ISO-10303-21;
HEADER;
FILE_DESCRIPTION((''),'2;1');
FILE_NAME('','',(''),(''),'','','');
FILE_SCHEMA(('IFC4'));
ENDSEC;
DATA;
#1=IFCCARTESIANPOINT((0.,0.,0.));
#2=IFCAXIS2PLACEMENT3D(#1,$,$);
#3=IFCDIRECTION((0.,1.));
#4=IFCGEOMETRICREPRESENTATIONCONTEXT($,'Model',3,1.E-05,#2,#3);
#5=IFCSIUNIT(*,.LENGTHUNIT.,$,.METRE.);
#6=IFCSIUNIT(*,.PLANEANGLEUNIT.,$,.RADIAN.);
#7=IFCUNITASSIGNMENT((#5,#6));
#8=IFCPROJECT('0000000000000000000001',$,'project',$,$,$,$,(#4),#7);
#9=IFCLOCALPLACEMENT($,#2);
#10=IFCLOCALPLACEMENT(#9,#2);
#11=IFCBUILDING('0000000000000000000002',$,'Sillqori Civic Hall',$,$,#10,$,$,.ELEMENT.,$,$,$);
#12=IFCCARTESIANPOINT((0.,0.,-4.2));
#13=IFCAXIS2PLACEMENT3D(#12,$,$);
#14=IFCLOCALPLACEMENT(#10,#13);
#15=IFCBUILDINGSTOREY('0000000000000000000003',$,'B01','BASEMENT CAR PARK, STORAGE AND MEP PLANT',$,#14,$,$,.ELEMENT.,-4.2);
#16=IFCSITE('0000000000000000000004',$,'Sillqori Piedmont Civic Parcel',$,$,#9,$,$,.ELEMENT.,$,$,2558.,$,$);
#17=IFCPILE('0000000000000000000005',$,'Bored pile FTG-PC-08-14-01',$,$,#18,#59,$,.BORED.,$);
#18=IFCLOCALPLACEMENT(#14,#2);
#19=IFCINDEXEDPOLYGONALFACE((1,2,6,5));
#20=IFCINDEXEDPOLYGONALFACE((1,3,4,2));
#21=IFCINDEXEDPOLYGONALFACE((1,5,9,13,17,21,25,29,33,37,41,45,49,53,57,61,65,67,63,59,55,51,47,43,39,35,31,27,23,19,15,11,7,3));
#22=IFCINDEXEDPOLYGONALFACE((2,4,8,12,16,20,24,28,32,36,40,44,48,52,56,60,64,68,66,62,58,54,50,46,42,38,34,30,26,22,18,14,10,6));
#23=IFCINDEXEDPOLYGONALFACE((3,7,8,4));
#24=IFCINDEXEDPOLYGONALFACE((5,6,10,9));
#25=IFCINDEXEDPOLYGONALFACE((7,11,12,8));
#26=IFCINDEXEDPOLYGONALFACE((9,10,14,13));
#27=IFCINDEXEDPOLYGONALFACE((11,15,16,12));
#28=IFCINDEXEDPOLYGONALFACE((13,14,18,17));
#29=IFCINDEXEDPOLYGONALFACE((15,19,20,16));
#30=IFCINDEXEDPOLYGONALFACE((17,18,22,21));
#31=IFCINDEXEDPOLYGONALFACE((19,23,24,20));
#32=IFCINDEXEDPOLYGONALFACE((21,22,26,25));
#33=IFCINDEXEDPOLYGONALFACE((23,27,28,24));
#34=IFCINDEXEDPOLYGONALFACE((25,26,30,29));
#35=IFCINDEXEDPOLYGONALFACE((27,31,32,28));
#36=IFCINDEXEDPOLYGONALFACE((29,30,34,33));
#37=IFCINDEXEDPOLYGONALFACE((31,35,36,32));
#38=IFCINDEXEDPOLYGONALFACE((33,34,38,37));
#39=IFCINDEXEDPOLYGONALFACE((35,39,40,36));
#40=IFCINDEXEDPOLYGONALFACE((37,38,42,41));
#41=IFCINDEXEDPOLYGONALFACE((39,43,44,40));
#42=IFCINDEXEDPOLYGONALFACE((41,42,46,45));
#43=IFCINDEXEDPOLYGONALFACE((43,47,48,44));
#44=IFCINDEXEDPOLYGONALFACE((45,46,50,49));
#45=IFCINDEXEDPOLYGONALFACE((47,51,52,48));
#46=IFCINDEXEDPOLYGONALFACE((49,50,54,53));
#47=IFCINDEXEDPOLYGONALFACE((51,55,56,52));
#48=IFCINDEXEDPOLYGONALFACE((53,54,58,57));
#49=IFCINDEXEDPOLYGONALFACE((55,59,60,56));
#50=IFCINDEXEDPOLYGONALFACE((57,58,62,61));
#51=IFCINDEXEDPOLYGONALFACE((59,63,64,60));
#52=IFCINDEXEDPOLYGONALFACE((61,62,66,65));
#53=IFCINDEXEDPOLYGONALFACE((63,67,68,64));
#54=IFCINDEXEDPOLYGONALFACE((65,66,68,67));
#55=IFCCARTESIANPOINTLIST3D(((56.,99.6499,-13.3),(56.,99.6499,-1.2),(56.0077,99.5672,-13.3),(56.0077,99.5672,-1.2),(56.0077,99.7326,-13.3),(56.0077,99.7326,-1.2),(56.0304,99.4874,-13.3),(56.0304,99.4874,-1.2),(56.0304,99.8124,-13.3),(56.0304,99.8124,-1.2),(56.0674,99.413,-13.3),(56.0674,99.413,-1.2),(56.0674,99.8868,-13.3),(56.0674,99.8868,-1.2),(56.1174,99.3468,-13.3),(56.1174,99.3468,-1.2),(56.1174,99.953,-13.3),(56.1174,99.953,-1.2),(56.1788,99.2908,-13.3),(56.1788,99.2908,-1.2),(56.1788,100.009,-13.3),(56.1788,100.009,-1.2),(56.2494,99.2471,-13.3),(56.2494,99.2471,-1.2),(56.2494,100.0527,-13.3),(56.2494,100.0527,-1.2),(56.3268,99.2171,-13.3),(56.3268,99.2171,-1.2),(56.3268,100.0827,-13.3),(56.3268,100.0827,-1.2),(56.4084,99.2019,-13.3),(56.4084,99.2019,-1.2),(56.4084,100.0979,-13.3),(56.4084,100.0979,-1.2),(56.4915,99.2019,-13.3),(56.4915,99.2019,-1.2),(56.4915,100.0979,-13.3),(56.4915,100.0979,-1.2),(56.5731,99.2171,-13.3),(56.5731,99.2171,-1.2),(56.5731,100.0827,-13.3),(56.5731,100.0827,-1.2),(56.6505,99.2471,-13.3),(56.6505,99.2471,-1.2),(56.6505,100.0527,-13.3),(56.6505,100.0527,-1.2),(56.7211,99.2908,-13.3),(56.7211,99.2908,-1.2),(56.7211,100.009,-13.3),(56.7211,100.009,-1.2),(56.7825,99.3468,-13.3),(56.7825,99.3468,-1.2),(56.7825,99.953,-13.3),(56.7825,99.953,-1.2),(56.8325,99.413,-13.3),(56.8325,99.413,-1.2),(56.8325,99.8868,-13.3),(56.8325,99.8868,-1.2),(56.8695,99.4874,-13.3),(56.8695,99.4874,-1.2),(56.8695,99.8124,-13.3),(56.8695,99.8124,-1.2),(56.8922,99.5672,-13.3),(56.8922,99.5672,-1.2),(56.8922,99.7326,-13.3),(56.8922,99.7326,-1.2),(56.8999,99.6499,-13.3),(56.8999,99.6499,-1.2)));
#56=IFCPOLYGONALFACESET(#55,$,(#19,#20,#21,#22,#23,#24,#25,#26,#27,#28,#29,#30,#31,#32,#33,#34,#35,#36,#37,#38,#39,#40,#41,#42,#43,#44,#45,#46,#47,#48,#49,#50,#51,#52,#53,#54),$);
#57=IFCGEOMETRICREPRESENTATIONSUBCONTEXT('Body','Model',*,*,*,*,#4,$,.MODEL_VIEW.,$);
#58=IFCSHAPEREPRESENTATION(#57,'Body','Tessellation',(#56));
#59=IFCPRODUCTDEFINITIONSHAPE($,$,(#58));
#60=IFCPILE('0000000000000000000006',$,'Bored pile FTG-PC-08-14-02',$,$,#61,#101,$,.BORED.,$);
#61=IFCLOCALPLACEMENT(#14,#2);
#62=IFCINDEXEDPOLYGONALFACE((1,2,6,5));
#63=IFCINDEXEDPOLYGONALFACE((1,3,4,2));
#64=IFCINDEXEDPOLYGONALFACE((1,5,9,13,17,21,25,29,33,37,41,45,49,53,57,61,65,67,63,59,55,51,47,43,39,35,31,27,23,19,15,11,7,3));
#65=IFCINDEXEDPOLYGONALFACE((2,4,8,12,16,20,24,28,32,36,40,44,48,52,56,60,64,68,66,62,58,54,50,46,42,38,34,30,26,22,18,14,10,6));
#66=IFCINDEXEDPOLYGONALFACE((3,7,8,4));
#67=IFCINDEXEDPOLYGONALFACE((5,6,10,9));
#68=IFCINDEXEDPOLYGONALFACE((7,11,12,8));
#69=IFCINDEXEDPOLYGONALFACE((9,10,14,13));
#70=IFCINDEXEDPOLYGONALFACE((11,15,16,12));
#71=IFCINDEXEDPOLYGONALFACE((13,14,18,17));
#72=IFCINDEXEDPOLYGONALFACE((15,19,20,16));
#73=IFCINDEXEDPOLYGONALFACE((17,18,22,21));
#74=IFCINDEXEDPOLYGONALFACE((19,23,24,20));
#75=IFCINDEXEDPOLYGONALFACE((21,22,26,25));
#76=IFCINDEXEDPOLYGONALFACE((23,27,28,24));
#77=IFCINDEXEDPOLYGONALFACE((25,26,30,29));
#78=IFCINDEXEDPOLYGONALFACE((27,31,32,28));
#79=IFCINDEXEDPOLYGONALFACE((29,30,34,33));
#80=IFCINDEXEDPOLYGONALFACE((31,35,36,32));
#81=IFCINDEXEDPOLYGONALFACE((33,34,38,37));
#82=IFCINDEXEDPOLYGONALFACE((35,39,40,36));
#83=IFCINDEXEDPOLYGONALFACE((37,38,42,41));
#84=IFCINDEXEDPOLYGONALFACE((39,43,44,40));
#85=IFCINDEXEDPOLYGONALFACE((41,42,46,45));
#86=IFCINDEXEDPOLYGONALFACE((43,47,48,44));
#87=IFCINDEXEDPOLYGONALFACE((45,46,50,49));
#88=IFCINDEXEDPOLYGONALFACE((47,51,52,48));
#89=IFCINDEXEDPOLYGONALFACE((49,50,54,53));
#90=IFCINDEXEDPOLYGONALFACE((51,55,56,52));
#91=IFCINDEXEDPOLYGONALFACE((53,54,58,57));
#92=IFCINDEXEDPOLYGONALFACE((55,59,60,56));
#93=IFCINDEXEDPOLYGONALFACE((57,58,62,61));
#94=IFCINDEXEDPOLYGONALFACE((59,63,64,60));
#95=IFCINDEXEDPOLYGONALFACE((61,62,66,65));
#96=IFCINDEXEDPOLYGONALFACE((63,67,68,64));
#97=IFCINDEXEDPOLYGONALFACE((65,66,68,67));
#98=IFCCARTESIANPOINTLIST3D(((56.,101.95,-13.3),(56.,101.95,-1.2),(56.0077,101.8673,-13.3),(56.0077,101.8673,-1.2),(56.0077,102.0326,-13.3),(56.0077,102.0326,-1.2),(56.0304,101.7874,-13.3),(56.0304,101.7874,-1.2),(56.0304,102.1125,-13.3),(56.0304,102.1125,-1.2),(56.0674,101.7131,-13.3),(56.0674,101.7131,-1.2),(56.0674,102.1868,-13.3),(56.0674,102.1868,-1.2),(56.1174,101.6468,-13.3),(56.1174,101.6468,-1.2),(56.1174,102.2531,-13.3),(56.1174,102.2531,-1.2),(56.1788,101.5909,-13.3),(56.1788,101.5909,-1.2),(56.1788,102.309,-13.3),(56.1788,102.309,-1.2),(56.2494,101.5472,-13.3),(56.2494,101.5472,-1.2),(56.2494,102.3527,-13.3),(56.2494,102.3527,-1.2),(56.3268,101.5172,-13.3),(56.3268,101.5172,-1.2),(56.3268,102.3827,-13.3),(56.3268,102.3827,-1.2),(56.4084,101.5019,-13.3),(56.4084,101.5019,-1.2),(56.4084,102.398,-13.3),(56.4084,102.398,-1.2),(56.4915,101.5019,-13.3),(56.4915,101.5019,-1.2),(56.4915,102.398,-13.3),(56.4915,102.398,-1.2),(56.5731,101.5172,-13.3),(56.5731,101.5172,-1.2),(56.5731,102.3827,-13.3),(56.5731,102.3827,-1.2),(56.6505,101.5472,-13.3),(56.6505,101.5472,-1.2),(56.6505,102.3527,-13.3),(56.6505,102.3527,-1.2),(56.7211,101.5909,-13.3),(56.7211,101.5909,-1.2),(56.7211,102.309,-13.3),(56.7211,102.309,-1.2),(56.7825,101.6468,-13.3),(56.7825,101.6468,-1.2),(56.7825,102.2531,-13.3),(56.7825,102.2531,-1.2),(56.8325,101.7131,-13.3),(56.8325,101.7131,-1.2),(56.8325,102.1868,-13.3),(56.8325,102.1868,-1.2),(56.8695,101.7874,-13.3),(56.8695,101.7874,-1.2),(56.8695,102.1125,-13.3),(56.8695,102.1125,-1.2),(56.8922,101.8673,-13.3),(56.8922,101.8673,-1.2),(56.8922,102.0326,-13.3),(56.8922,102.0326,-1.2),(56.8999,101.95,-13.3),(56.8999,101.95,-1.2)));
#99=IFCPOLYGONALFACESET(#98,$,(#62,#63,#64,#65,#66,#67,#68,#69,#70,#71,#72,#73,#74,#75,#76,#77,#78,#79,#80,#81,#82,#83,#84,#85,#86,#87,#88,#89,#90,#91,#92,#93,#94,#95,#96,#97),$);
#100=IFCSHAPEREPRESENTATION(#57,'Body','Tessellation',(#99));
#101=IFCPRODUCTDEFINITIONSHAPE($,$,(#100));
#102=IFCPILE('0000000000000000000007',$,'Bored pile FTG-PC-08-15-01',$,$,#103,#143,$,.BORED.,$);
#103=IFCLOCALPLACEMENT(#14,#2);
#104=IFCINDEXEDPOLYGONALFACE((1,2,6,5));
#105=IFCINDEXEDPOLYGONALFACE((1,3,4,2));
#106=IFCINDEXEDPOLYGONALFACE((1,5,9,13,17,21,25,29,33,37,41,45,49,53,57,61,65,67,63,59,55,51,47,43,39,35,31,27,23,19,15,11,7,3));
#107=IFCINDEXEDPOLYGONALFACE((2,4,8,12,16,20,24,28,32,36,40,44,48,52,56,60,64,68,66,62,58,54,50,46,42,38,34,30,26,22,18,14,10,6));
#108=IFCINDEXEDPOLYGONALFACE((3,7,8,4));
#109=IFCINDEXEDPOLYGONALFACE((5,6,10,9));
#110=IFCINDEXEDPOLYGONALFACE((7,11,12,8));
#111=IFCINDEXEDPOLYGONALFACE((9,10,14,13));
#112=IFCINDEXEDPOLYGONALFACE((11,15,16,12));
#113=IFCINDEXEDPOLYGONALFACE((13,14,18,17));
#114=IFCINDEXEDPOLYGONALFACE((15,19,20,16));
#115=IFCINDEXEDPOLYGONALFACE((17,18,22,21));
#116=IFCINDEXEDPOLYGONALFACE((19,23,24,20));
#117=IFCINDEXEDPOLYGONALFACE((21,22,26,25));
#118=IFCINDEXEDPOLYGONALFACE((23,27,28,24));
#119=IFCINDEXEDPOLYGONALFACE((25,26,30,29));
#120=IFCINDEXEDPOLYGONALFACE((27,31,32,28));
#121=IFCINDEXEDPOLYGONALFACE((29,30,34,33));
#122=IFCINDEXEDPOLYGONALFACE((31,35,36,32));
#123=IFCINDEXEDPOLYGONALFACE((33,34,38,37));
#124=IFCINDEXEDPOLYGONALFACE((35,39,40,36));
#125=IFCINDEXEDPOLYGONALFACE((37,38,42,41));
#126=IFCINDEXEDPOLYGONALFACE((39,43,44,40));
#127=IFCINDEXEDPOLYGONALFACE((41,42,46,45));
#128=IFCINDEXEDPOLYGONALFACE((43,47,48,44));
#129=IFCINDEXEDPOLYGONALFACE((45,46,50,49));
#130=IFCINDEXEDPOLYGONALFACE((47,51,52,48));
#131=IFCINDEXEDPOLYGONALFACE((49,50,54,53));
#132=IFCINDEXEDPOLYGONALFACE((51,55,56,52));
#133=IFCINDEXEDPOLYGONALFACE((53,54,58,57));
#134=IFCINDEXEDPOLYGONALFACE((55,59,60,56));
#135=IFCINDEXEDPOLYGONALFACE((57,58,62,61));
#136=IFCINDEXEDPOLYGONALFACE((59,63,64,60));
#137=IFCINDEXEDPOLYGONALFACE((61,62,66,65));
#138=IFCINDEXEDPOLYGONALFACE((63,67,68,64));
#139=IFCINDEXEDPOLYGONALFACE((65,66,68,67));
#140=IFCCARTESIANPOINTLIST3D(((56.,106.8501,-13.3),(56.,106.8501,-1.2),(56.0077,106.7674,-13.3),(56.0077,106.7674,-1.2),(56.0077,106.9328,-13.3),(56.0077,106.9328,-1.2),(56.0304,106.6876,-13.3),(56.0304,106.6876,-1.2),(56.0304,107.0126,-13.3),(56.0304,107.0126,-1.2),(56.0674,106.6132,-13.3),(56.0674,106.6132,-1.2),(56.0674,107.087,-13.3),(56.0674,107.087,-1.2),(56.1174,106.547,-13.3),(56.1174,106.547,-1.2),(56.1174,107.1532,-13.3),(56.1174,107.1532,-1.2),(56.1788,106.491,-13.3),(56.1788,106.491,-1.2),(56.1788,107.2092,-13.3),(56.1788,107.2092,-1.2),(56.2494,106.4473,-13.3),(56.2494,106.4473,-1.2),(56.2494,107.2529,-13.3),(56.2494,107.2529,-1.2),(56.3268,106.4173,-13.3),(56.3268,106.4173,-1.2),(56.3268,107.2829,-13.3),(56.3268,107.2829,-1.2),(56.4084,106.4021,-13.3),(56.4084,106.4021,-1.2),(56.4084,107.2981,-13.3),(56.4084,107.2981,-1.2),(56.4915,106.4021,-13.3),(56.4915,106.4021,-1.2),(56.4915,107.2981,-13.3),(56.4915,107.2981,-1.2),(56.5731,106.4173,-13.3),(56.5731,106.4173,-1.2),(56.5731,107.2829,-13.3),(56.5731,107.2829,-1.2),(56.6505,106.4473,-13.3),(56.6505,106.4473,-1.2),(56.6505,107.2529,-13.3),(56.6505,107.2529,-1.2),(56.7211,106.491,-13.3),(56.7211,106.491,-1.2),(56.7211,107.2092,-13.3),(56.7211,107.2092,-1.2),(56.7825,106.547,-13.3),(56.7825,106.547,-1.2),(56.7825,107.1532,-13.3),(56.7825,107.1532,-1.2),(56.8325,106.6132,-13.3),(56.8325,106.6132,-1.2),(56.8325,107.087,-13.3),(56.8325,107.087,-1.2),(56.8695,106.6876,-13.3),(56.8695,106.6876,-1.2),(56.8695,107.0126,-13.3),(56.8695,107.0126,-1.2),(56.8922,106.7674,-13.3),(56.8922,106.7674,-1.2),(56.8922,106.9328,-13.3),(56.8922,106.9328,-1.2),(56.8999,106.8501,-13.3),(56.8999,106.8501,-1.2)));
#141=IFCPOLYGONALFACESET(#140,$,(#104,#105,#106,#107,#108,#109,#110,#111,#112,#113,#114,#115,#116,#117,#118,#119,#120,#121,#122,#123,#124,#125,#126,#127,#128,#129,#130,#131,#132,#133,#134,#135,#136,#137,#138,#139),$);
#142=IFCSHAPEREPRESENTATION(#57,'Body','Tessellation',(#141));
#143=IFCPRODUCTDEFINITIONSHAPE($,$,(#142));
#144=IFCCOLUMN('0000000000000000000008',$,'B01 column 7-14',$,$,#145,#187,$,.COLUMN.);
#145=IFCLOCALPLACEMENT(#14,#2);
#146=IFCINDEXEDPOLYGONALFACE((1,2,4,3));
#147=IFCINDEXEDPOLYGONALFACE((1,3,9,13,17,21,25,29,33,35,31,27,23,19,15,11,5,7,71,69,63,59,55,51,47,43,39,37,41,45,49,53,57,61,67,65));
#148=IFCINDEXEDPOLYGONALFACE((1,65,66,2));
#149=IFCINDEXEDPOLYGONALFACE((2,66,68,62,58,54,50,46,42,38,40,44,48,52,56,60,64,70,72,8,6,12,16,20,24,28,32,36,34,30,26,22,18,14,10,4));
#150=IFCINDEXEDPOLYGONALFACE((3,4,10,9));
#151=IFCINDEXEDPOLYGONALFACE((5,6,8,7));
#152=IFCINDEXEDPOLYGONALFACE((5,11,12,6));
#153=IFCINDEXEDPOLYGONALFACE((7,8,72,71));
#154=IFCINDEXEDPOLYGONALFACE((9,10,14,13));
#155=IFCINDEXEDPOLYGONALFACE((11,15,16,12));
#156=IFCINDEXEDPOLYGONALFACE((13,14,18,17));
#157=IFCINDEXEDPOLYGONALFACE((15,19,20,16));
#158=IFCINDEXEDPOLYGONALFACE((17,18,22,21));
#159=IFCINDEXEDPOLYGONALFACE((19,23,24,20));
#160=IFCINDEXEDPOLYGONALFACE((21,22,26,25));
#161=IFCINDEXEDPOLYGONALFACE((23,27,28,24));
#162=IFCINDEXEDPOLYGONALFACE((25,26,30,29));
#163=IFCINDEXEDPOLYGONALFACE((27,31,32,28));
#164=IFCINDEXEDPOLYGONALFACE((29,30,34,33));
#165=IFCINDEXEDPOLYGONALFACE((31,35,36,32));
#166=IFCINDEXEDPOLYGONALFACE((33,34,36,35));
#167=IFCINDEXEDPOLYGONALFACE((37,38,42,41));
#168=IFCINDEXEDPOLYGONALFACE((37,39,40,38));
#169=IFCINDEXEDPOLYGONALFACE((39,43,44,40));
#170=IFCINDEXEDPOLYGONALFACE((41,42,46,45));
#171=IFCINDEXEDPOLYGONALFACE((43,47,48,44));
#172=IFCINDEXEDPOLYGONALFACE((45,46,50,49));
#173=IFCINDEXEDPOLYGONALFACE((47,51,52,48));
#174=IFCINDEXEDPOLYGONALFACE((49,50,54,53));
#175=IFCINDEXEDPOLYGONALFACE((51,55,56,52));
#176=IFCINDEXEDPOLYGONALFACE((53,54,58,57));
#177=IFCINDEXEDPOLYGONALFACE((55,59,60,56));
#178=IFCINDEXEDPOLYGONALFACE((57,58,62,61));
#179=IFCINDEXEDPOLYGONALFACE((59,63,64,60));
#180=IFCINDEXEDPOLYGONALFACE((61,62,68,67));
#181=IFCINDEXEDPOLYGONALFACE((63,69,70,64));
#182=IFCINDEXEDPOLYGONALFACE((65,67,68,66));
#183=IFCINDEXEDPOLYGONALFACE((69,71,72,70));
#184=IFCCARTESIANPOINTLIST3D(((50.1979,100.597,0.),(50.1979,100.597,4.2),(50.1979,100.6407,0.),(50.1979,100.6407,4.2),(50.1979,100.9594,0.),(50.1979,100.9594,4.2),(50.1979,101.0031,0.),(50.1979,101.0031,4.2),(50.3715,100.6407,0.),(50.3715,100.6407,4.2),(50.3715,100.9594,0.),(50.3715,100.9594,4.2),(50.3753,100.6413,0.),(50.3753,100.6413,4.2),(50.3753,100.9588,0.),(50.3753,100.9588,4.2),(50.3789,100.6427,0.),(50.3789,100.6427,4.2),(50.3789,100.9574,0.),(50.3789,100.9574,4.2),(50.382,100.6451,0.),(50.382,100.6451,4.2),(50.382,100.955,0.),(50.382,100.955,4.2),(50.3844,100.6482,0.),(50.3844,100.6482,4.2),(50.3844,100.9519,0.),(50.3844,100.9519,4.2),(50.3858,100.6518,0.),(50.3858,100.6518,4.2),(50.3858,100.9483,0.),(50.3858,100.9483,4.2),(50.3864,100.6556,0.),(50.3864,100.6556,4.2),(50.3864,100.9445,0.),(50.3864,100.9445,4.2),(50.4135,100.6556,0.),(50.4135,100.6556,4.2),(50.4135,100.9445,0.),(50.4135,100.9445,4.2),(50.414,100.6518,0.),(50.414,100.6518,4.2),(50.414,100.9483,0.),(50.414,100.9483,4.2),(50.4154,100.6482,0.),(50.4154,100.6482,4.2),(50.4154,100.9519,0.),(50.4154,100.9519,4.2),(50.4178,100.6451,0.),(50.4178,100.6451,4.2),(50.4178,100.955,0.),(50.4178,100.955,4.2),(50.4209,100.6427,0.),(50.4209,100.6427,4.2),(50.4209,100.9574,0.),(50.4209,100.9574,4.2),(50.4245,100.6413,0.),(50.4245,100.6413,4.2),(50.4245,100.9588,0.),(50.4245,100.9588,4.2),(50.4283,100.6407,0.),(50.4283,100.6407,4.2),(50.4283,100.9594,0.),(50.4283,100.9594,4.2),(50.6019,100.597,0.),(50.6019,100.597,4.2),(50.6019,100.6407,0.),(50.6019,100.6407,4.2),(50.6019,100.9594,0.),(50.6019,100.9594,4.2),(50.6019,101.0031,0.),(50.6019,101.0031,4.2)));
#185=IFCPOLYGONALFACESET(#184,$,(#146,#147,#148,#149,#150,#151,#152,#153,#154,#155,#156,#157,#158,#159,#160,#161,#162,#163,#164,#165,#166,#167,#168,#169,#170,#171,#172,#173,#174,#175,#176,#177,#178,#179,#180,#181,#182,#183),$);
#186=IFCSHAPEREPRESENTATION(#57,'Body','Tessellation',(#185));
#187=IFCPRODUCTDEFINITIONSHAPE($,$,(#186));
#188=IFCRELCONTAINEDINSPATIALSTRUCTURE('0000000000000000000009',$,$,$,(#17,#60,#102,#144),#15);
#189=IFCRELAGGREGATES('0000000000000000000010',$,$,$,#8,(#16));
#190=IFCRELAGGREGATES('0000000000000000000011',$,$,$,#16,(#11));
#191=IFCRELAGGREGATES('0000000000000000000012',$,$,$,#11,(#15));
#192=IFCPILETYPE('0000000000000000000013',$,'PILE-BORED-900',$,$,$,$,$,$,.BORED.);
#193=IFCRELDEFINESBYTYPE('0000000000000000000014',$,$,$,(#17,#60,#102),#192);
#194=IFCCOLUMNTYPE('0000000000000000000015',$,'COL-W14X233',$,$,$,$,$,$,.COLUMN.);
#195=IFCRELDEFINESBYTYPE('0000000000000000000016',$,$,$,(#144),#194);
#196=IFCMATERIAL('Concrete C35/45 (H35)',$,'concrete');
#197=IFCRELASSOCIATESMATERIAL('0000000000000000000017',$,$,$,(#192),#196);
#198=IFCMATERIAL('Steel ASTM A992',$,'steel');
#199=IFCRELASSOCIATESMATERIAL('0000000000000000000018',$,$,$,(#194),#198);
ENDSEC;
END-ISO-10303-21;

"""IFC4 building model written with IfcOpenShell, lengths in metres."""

from ifc_helpers import new_model, si_unit, direction, frame, origin, origin_2d, place, context, subcontext, project, spatial, circle, i_section, extrude, material, material_profile, profile_set, type_object, element, save


model = new_model("IFC4")

# Units and contexts
model_context = context("Model", 3, precision=1e-05, world=origin(), true_north=direction((0.0, 1.0)))
body_context = subcontext(model_context, "Body", "Model", "MODEL_VIEW")
ifc_project = project(units=[si_unit("LENGTHUNIT", "METRE"), si_unit("PLANEANGLEUNIT", "RADIAN")], contexts=[model_context])

# Site, building, storey
site_placement = place(None, origin())
site = spatial("IfcSite", under=ifc_project, at=site_placement, Name="Sillqori Piedmont Civic Parcel", CompositionType="ELEMENT", RefElevation=2558.0)
building_placement = place(site_placement, origin())
building = spatial("IfcBuilding", under=site, at=building_placement, Name="Sillqori Civic Hall", CompositionType="ELEMENT")
storey_placement = place(building_placement, frame((0.0, 0.0, -4.2)))
storey = spatial("IfcBuildingStorey", under=building, at=storey_placement, Name="B01", Description="BASEMENT CAR PARK, STORAGE AND MEP PLANT", CompositionType="ELEMENT", Elevation=-4.2)

# Shared definitions
ifc_material_1 = material(Name="Concrete C35/45 (H35)", Category="concrete")

# Piles
ifc_material_profile_1 = material_profile(ifc_material_1, circle(Radius=0.45, at=origin_2d()), Name="BORED PILE 900")
ifc_profile_set_1 = profile_set([ifc_material_profile_1], Name="Concrete C35/45 (H35)")
pile_type = type_object("IfcPileType", Name="PILE-BORED-900", PredefinedType="BORED", material=ifc_profile_set_1)
for number, where, z_axis, x_axis, name in (
    (1, (56.45, 99.6499, -1.2), (0.0, 0.0, -1.0), (1.0, 0.0, 0.0), "Bored pile FTG-PC-08-14-01"),
    (2, (56.45, 101.95, -1.2), (0.0, 0.0, -1.0), (1.0, 0.0, 0.0), "Bored pile FTG-PC-08-14-02"),
    (3, (56.45, 106.8501, -1.2), (0.0, 0.0, -1.0), (1.0, 0.0, 0.0), "Bored pile FTG-PC-08-15-01"),
):
    element("IfcPile", number, at=place(storey_placement, frame(where, z_axis=z_axis, x_axis=x_axis)), inside=storey, type_object=pile_type, Name=name, PredefinedType="BORED", context=body_context, shape_type="SweptSolid", body=[
        extrude(circle(Radius=0.45, at=origin_2d()), origin(), (0.0, 0.0, 1.0), 12.1001),
    ])

# Column
ifc_material_2 = material(Name="Steel ASTM A992", Category="steel")
ifc_material_profile_2 = material_profile(ifc_material_2, i_section(OverallWidth=0.4041, OverallDepth=0.406, WebThickness=0.0271, FlangeThickness=0.0437, FilletRadius=0.0149, at=origin_2d()), Name="W14X233")
ifc_profile_set_2 = profile_set([ifc_material_profile_2], Name="Steel ASTM A992")
column_type = type_object("IfcColumnType", Name="COL-W14X233", PredefinedType="COLUMN", material=ifc_profile_set_2)
for number, where, z_axis, x_axis, name in (
    (4, (50.3999, 100.8, 0.0), (0.0, 0.0, 1.0), (1.0, 0.0, 0.0), "B01 column 7-14"),
):
    element("IfcColumn", number, at=place(storey_placement, frame(where, z_axis=z_axis, x_axis=x_axis)), inside=storey, type_object=column_type, Name=name, PredefinedType="COLUMN", context=body_context, shape_type="SweptSolid", body=[
        extrude(i_section(OverallWidth=0.4041, OverallDepth=0.406, WebThickness=0.0271, FlangeThickness=0.0437, FilletRadius=0.0149, at=origin_2d()), origin(), (0.0, 0.0, 1.0), 4.2),
    ])

save(model, "model.ifc")
